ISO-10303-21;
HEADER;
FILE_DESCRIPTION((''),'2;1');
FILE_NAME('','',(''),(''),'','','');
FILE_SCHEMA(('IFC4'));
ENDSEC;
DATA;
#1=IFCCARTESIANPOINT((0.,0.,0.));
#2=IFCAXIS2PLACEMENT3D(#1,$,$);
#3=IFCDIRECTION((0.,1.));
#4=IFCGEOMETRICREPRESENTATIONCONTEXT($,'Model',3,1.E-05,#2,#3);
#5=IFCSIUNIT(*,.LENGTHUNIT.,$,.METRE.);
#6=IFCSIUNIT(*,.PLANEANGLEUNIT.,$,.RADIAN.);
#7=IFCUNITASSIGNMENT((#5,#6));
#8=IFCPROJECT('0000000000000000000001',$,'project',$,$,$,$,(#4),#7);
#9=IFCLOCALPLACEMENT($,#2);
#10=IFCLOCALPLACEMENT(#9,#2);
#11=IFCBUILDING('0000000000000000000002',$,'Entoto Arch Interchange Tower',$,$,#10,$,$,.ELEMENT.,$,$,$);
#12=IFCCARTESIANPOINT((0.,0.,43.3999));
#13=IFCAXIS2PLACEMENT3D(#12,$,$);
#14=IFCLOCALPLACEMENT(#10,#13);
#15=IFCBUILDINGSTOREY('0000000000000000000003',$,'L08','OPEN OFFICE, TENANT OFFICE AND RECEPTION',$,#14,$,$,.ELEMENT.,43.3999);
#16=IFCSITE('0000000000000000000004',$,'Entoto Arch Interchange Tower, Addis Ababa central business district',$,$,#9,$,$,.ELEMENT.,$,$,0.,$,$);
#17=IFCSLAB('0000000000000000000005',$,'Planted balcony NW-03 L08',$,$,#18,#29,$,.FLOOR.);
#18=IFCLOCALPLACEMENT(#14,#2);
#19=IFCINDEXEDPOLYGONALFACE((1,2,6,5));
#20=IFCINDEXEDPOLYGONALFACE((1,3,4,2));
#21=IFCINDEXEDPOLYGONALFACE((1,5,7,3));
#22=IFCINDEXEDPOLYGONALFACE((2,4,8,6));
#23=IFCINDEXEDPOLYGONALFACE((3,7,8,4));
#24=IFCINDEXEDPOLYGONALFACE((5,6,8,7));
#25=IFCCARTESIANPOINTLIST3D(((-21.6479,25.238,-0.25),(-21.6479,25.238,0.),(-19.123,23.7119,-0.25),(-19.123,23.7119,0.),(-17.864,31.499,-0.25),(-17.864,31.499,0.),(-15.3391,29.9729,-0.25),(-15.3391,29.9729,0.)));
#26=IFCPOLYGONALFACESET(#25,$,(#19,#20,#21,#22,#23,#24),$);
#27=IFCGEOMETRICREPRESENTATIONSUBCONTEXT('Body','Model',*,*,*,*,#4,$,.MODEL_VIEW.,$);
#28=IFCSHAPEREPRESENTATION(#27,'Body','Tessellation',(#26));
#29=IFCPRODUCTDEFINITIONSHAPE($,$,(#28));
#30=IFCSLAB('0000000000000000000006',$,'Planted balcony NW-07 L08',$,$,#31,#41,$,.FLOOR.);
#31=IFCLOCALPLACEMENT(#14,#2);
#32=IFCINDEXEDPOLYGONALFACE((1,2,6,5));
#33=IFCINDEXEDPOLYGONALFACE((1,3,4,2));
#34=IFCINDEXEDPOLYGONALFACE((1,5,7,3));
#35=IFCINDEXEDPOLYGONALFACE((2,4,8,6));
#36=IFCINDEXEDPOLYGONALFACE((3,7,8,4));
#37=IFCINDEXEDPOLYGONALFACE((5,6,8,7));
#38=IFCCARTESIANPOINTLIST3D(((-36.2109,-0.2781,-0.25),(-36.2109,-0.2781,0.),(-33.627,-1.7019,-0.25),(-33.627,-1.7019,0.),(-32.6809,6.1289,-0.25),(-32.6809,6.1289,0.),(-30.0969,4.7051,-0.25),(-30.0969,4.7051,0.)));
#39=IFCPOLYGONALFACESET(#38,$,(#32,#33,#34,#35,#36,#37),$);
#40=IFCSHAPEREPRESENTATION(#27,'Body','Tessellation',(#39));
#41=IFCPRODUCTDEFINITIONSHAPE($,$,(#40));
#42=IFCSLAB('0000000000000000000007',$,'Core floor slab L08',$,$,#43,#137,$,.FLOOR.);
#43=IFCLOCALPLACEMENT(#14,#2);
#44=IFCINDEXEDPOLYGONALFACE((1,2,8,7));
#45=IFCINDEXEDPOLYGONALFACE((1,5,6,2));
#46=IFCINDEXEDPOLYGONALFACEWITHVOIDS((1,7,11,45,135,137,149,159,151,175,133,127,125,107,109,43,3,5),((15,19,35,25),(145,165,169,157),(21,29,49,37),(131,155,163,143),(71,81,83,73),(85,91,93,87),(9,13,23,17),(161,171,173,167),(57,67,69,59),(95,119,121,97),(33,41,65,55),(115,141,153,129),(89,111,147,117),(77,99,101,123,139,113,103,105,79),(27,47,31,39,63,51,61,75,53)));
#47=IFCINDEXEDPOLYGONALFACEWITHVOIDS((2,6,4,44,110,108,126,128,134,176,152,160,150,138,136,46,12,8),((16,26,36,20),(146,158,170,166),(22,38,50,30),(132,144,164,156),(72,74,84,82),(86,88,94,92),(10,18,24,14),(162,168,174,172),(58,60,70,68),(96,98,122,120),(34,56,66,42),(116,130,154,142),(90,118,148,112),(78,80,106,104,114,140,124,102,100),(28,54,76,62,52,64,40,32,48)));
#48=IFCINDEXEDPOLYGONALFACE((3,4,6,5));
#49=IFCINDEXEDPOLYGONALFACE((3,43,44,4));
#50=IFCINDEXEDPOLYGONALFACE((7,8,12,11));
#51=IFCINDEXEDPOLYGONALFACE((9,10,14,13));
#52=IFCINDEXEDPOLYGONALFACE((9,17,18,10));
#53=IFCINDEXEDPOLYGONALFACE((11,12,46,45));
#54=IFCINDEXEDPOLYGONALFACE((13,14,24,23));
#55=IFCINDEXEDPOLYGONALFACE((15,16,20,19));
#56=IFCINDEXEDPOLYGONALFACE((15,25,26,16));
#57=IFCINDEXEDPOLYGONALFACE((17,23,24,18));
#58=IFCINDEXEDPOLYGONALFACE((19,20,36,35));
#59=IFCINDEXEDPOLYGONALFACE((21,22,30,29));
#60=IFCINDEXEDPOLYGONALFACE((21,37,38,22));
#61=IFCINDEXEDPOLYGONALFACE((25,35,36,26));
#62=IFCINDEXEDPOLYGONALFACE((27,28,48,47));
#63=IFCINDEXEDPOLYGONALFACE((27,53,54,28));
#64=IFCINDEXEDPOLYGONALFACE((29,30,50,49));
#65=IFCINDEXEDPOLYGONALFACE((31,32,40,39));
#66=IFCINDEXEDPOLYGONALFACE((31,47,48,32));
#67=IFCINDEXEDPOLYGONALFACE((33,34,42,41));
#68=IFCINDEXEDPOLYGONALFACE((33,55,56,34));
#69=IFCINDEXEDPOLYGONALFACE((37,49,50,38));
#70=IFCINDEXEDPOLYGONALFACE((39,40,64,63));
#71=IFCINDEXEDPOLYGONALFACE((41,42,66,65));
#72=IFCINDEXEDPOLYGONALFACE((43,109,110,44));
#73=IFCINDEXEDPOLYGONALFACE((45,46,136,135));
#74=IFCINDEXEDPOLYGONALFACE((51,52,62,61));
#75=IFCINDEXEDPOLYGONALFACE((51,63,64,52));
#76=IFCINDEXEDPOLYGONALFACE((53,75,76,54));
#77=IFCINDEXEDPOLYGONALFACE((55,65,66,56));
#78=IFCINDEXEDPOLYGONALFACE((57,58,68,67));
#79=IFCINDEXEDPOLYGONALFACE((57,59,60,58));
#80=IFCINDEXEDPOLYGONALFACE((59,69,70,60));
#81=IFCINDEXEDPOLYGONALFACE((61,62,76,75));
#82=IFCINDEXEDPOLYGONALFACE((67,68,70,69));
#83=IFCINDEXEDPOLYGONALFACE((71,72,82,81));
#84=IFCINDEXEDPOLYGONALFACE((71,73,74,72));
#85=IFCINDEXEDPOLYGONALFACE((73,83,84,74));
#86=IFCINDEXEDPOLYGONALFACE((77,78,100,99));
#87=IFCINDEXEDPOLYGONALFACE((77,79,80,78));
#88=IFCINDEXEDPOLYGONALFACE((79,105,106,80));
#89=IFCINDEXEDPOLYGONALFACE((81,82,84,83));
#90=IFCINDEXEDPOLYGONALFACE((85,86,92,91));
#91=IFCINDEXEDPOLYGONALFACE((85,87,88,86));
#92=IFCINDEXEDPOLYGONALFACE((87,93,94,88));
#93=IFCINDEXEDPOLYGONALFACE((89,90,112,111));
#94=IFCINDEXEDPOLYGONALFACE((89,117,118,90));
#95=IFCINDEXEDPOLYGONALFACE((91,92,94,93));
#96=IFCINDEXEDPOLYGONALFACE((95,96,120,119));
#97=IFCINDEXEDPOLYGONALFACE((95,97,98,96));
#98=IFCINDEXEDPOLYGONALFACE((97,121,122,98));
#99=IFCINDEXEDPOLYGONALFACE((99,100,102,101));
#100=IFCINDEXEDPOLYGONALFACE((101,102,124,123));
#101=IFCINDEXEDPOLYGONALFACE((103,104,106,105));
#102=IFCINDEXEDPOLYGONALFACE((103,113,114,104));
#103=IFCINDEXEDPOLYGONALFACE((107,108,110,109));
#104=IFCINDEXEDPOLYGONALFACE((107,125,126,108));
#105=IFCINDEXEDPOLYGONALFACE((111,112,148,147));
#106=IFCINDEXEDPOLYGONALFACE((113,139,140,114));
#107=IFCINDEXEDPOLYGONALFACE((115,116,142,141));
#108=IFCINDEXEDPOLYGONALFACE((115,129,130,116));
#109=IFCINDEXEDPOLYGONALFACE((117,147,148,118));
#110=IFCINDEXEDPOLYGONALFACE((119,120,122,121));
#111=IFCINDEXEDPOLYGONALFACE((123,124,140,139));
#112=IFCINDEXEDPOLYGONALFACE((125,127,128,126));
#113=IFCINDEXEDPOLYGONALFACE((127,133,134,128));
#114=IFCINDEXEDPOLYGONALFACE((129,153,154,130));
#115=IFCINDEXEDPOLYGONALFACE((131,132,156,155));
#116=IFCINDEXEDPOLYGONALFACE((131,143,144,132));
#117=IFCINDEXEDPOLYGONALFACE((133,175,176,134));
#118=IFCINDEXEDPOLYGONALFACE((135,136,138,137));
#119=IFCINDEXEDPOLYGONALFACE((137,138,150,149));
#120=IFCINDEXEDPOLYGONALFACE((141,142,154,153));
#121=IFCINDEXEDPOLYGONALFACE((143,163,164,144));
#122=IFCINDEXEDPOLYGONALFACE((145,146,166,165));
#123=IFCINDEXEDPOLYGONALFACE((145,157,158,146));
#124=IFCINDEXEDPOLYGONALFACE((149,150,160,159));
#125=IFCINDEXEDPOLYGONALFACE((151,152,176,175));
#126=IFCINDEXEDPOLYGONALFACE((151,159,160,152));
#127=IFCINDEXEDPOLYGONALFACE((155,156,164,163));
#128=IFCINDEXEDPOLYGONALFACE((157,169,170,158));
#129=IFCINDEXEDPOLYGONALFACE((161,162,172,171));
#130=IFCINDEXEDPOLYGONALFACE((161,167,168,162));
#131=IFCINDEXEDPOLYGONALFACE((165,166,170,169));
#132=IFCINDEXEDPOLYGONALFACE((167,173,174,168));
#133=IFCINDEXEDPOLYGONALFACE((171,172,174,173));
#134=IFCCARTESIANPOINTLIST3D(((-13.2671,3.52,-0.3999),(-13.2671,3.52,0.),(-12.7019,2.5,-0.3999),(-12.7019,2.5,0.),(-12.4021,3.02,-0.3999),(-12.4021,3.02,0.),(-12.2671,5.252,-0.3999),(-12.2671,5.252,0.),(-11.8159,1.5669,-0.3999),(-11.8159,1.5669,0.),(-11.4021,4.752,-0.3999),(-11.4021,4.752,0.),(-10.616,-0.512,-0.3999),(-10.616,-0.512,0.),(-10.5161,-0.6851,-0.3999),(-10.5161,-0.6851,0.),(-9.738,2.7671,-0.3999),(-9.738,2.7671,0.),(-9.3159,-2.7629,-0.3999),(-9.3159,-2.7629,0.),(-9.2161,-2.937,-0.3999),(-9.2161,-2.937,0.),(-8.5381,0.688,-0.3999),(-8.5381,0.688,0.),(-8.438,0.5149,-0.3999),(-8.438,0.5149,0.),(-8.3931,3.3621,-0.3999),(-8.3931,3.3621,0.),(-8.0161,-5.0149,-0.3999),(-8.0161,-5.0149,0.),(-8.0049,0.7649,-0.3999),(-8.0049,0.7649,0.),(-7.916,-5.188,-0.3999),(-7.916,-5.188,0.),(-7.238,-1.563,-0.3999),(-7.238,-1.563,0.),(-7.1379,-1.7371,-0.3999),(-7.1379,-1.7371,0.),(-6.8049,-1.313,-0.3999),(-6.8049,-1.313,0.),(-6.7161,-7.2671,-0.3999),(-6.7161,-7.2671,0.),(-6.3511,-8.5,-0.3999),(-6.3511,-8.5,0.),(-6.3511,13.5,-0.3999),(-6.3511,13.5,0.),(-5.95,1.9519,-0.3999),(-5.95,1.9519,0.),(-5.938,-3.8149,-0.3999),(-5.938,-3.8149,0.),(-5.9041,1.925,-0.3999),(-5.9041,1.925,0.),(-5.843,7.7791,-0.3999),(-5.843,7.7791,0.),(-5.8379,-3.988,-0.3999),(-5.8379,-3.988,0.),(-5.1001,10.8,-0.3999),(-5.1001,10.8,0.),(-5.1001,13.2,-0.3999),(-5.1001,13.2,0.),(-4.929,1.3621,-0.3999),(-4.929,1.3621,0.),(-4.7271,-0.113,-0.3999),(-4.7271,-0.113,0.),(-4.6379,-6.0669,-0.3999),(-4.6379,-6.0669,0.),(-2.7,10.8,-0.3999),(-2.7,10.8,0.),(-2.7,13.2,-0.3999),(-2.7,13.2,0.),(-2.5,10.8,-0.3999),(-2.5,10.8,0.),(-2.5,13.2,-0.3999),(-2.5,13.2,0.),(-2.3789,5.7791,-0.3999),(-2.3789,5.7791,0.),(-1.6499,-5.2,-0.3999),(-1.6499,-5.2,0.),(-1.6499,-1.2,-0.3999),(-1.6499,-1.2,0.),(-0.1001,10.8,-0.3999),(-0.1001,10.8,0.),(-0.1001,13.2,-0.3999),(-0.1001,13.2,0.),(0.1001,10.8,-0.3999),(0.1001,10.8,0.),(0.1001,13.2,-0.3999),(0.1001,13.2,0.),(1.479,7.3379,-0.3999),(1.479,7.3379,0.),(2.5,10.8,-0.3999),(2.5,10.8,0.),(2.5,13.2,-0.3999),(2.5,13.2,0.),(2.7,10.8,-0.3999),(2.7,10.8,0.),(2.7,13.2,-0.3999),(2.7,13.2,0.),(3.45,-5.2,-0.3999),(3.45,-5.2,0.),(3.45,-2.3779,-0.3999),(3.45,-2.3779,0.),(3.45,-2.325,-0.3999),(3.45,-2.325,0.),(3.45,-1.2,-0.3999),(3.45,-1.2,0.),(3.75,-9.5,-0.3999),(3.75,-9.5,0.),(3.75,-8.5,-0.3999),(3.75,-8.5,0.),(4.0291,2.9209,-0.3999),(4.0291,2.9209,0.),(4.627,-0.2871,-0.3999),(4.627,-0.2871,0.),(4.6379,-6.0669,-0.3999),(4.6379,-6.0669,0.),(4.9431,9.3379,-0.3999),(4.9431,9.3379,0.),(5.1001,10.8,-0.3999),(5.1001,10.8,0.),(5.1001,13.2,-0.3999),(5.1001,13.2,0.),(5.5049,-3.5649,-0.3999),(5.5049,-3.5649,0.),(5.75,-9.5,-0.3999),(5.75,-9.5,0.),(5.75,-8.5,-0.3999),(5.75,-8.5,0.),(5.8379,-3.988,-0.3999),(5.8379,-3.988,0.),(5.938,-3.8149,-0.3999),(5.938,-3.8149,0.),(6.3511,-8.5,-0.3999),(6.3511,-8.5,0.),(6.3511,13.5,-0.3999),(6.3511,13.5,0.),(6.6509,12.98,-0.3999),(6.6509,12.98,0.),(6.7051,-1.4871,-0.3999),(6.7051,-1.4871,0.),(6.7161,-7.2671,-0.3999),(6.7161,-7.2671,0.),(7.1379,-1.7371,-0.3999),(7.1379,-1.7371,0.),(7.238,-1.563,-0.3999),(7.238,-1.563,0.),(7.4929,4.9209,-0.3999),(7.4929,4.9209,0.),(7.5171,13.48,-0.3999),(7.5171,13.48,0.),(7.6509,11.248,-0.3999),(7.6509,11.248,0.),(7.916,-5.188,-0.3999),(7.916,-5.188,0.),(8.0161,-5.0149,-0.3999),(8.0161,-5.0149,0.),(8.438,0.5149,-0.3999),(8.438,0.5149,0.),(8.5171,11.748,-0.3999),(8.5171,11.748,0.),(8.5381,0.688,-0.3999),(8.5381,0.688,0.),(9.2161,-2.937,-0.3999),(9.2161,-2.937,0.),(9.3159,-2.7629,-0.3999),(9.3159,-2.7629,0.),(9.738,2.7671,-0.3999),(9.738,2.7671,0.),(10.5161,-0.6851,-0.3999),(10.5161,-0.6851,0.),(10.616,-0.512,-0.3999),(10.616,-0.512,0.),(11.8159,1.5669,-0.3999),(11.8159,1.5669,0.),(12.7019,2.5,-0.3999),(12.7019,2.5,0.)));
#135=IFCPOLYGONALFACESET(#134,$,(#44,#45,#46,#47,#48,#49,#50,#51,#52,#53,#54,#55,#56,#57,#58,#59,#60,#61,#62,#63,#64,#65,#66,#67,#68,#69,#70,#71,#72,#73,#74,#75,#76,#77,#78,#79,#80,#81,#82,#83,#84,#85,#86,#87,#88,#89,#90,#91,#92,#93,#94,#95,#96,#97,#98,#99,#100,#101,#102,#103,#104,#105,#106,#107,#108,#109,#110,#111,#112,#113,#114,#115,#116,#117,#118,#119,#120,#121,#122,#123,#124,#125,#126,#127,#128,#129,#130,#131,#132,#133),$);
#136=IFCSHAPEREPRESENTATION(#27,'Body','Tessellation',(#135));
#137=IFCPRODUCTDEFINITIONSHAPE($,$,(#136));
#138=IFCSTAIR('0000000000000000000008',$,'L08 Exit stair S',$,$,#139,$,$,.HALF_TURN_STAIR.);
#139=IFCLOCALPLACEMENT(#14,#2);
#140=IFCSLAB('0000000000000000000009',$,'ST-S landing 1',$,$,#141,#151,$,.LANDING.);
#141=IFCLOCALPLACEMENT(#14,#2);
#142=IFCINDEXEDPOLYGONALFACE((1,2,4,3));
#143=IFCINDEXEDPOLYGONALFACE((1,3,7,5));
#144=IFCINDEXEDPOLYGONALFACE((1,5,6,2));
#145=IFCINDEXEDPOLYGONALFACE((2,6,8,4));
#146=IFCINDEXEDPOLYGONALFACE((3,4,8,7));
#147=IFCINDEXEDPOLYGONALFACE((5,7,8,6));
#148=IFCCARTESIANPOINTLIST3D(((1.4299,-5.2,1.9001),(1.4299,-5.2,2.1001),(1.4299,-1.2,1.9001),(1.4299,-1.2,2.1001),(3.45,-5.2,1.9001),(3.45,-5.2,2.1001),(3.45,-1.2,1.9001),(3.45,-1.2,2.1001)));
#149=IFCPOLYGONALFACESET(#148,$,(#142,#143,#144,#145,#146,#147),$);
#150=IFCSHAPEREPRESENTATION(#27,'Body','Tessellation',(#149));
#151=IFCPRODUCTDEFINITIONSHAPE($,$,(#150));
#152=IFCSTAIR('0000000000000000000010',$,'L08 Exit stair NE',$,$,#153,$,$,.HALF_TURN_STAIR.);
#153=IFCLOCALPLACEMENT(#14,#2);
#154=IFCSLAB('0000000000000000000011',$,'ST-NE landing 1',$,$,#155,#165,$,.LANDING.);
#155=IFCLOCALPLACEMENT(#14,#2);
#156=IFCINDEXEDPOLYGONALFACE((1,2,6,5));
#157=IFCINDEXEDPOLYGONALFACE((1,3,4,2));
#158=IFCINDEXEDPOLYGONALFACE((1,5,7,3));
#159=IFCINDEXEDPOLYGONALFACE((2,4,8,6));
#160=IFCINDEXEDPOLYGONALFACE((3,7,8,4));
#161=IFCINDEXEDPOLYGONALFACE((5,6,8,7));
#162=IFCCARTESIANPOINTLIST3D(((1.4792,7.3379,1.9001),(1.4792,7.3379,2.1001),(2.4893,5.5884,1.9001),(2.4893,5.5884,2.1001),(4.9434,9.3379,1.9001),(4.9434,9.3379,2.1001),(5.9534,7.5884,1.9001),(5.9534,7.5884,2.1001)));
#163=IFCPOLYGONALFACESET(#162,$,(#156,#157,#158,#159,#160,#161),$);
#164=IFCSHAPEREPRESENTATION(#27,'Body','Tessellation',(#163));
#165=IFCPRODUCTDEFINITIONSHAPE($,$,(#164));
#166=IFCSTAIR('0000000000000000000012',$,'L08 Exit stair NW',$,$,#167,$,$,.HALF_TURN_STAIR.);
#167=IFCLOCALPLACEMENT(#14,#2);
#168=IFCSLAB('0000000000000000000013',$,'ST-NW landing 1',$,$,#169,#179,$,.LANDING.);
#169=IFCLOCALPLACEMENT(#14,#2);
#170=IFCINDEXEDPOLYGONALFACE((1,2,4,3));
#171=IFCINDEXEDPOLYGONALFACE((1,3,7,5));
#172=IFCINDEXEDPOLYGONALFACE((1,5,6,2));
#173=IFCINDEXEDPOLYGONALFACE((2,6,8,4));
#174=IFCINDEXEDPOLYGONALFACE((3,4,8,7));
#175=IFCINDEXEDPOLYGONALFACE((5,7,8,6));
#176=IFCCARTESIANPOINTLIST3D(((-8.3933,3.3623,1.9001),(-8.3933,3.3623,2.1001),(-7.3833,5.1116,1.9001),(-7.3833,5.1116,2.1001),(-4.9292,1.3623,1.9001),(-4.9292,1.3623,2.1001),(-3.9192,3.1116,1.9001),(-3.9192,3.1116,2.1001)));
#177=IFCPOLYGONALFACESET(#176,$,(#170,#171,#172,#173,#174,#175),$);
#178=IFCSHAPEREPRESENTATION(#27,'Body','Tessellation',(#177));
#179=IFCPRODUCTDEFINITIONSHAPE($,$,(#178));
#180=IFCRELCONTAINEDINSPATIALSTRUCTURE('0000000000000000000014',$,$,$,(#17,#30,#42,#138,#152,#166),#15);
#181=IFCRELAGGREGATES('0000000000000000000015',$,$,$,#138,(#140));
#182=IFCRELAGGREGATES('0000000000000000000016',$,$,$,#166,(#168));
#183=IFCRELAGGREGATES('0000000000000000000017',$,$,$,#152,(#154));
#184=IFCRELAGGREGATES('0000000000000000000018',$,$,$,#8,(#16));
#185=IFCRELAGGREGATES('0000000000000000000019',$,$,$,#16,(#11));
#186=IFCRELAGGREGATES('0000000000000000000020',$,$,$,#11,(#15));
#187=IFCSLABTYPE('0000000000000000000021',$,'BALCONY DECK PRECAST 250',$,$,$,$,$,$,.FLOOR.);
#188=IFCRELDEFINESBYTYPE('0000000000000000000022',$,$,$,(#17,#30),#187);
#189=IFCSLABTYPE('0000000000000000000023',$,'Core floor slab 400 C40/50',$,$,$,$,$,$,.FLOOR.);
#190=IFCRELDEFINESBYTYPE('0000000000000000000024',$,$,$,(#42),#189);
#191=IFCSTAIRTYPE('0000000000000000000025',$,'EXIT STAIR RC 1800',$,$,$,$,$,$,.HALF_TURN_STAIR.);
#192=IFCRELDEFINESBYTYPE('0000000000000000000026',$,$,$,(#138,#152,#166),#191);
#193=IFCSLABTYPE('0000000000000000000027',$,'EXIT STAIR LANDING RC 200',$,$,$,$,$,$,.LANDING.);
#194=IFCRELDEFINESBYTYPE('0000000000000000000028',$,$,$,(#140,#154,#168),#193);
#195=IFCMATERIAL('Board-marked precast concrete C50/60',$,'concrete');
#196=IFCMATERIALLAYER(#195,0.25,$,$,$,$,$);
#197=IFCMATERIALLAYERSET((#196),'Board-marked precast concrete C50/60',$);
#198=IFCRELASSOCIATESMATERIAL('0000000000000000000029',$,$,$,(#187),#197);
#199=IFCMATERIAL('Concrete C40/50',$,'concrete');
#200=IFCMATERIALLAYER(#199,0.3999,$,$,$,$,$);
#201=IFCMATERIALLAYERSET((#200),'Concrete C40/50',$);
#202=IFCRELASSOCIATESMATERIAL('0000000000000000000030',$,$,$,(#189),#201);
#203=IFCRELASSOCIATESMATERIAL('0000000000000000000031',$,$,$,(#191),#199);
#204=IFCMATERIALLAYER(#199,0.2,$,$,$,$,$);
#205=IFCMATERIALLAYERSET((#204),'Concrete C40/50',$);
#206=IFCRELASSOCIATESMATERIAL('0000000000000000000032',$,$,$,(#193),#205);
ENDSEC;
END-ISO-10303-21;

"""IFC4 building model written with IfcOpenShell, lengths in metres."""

from ifc_helpers import new_model, si_unit, direction, frame, origin, place, context, subcontext, project, spatial, polyline, outline, extrude, material, layer, layer_set, type_object, element, aggregate, save


model = new_model("IFC4")

# Units and contexts
model_context = context("Model", 3, precision=1e-05, world=origin(), true_north=direction((0.0, 1.0)))
body_context = subcontext(model_context, "Body", "Model", "MODEL_VIEW")
ifc_project = project(units=[si_unit("LENGTHUNIT", "METRE"), si_unit("PLANEANGLEUNIT", "RADIAN")], contexts=[model_context])

# Site, building, storey
site_placement = place(None, origin())
site = spatial("IfcSite", under=ifc_project, at=site_placement, Name="Entoto Arch Interchange Tower, Addis Ababa central business district", CompositionType="ELEMENT", RefElevation=0.0)
building_placement = place(site_placement, origin())
building = spatial("IfcBuilding", under=site, at=building_placement, Name="Entoto Arch Interchange Tower", CompositionType="ELEMENT")
storey_placement = place(building_placement, frame((0.0, 0.0, 43.3999)))
storey = spatial("IfcBuildingStorey", under=building, at=storey_placement, Name="L08", Description="OPEN OFFICE, TENANT OFFICE AND RECEPTION", CompositionType="ELEMENT", Elevation=43.3999)

# Slabs
ifc_material_1 = material(Name="Board-marked precast concrete C50/60", Category="concrete")
ifc_layer_1 = layer(ifc_material_1, 0.25)
ifc_layer_set_1 = layer_set([ifc_layer_1], Name="Board-marked precast concrete C50/60")
slab_type_1 = type_object("IfcSlabType", Name="BALCONY DECK PRECAST 250", PredefinedType="FLOOR", material=ifc_layer_set_1)
slab_1_placement = place(storey_placement, frame((0.0, 0.0, -0.25)))
element("IfcSlab", 1, at=slab_1_placement, inside=storey, type_object=slab_type_1, Name="Planted balcony NW-03 L08", PredefinedType="FLOOR", context=body_context, shape_type="SweptSolid", body=[
    extrude(outline(polyline([(-15.3391, 29.9729), (-19.123, 23.7119), (-21.6479, 25.238), (-17.864, 31.499), (-15.3391, 29.9729)])), origin(), (0.0, 0.0, 1.0), 0.25),
])
slab_2_placement = place(storey_placement, frame((0.0, 0.0, -0.25)))
element("IfcSlab", 2, at=slab_2_placement, inside=storey, type_object=slab_type_1, Name="Planted balcony NW-07 L08", PredefinedType="FLOOR", context=body_context, shape_type="SweptSolid", body=[
    extrude(outline(polyline([(-30.0969, 4.7051), (-33.627, -1.7019), (-36.2109, -0.2781), (-32.6809, 6.1289), (-30.0969, 4.7051)])), origin(), (0.0, 0.0, 1.0), 0.25),
])
ifc_material_2 = material(Name="Concrete C40/50", Category="concrete")
ifc_layer_2 = layer(ifc_material_2, 0.3999)
ifc_layer_set_2 = layer_set([ifc_layer_2], Name="Concrete C40/50")
slab_type_2 = type_object("IfcSlabType", Name="Core floor slab 400 C40/50", PredefinedType="FLOOR", material=ifc_layer_set_2)
slab_3_placement = place(storey_placement, frame((0.0, 0.0, -0.3999)))
element("IfcSlab", 3, at=slab_3_placement, inside=storey, type_object=slab_type_2, Name="Core floor slab L08", PredefinedType="FLOOR", context=body_context, shape_type="SweptSolid", body=[
    extrude(outline(polyline([(5.75, -9.5), (3.75, -9.5), (3.75, -8.5), (-6.3511, -8.5), (-12.7019, 2.5), (-12.4021, 3.02), (-13.2671, 3.52), (-12.2671, 5.252), (-11.4021, 4.752), (-6.3511, 13.5), (6.3511, 13.5), (6.6509, 12.98), (7.5171, 13.48), (8.5171, 11.748), (7.6509, 11.248), (12.7019, 2.5), (6.3511, -8.5), (5.75, -8.5), (5.75, -9.5)]), holes=[polyline([(-4.6379, -6.0669), (-5.8379, -3.988), (-7.916, -5.188), (-6.7161, -7.2671), (-4.6379, -6.0669)]), polyline([(-5.938, -3.8149), (-7.1379, -1.7371), (-9.2161, -2.937), (-8.0161, -5.0149), (-5.938, -3.8149)]), polyline([(5.5049, -3.5649), (6.7051, -1.4871), (4.627, -0.2871), (3.45, -2.325), (3.45, -1.2), (-1.6499, -1.2), (-1.6499, -5.2), (3.45, -5.2), (3.45, -2.3779), (5.5049, -3.5649)]), polyline([(-7.238, -1.563), (-8.438, 0.5149), (-10.5161, -0.6851), (-9.3159, -2.7629), (-7.238, -1.563)]), polyline([(-4.7271, -0.113), (-5.9041, 1.925), (-4.929, 1.3621), (-2.3789, 5.7791), (-5.843, 7.7791), (-8.3931, 3.3621), (-5.95, 1.9519), (-8.0049, 0.7649), (-6.8049, -1.313), (-4.7271, -0.113)]), polyline([(-8.5381, 0.688), (-9.738, 2.7671), (-11.8159, 1.5669), (-10.616, -0.512), (-8.5381, 0.688)]), polyline([(-5.1001, 10.8), (-2.7, 10.8), (-2.7, 13.2), (-5.1001, 13.2), (-5.1001, 10.8)]), polyline([(-2.5, 10.8), (-0.1001, 10.8), (-0.1001, 13.2), (-2.5, 13.2), (-2.5, 10.8)]), polyline([(5.8379, -3.988), (4.6379, -6.0669), (6.7161, -7.2671), (7.916, -5.188), (5.8379, -3.988)]), polyline([(7.1379, -1.7371), (5.938, -3.8149), (8.0161, -5.0149), (9.2161, -2.937), (7.1379, -1.7371)]), polyline([(8.438, 0.5149), (7.238, -1.563), (9.3159, -2.7629), (10.5161, -0.6851), (8.438, 0.5149)]), polyline([(9.738, 2.7671), (8.5381, 0.688), (10.616, -0.512), (11.8159, 1.5669), (9.738, 2.7671)]), polyline([(4.0291, 2.9209), (7.4929, 4.9209), (4.9431, 9.3379), (1.479, 7.3379), (4.0291, 2.9209)]), polyline([(0.1001, 13.2), (0.1001, 10.8), (2.5, 10.8), (2.5, 13.2), (0.1001, 13.2)]), polyline([(2.7, 13.2), (2.7, 10.8), (5.1001, 10.8), (5.1001, 13.2), (2.7, 13.2)])]), origin(), (0.0, 0.0, 1.0), 0.3999),
])

# Stairs, slabs
stair_type = type_object("IfcStairType", Name="EXIT STAIR RC 1800", PredefinedType="HALF_TURN_STAIR", material=ifc_material_2)
stair_1_placement = place(storey_placement, origin())
stair_1 = element("IfcStair", 4, at=stair_1_placement, inside=storey, type_object=stair_type, Name="L08 Exit stair S", PredefinedType="HALF_TURN_STAIR")
ifc_layer_3 = layer(ifc_material_2, 0.2)
ifc_layer_set_3 = layer_set([ifc_layer_3], Name="Concrete C40/50")
slab_type_3 = type_object("IfcSlabType", Name="EXIT STAIR LANDING RC 200", PredefinedType="LANDING", material=ifc_layer_set_3)
slab_4_placement = place(storey_placement, frame((0.0, 0.0, 1.9001)))
slab_4 = element("IfcSlab", 5, at=slab_4_placement, type_object=slab_type_3, Name="ST-S landing 1", PredefinedType="LANDING", context=body_context, shape_type="SweptSolid", body=[
    extrude(outline(polyline([(1.4299, -5.2), (3.45, -5.2), (3.45, -1.2), (1.4299, -1.2), (1.4299, -5.2)])), origin(), (0.0, 0.0, 1.0), 0.2),
])
aggregate(stair_1, [slab_4])
stair_2_placement = place(storey_placement, origin())
stair_2 = element("IfcStair", 6, at=stair_2_placement, inside=storey, type_object=stair_type, Name="L08 Exit stair NE", PredefinedType="HALF_TURN_STAIR")
slab_5_placement = place(storey_placement, frame((0.0, 0.0, 1.9001)))
slab_5 = element("IfcSlab", 7, at=slab_5_placement, type_object=slab_type_3, Name="ST-NE landing 1", PredefinedType="LANDING", context=body_context, shape_type="SweptSolid", body=[
    extrude(outline(polyline([(5.9534, 7.5884), (4.9434, 9.3379), (1.4792, 7.3379), (2.4893, 5.5884), (5.9534, 7.5884)])), origin(), (0.0, 0.0, 1.0), 0.2),
])
stair_3_placement = place(storey_placement, origin())
stair_3 = element("IfcStair", 8, at=stair_3_placement, inside=storey, type_object=stair_type, Name="L08 Exit stair NW", PredefinedType="HALF_TURN_STAIR")
slab_6_placement = place(storey_placement, frame((0.0, 0.0, 1.9001)))
slab_6 = element("IfcSlab", 9, at=slab_6_placement, type_object=slab_type_3, Name="ST-NW landing 1", PredefinedType="LANDING", context=body_context, shape_type="SweptSolid", body=[
    extrude(outline(polyline([(-7.3833, 5.1116), (-8.3933, 3.3623), (-4.9292, 1.3623), (-3.9192, 3.1116), (-7.3833, 5.1116)])), origin(), (0.0, 0.0, 1.0), 0.2),
])
aggregate(stair_3, [slab_6])

aggregate(stair_2, [slab_5])

save(model, "model.ifc")
